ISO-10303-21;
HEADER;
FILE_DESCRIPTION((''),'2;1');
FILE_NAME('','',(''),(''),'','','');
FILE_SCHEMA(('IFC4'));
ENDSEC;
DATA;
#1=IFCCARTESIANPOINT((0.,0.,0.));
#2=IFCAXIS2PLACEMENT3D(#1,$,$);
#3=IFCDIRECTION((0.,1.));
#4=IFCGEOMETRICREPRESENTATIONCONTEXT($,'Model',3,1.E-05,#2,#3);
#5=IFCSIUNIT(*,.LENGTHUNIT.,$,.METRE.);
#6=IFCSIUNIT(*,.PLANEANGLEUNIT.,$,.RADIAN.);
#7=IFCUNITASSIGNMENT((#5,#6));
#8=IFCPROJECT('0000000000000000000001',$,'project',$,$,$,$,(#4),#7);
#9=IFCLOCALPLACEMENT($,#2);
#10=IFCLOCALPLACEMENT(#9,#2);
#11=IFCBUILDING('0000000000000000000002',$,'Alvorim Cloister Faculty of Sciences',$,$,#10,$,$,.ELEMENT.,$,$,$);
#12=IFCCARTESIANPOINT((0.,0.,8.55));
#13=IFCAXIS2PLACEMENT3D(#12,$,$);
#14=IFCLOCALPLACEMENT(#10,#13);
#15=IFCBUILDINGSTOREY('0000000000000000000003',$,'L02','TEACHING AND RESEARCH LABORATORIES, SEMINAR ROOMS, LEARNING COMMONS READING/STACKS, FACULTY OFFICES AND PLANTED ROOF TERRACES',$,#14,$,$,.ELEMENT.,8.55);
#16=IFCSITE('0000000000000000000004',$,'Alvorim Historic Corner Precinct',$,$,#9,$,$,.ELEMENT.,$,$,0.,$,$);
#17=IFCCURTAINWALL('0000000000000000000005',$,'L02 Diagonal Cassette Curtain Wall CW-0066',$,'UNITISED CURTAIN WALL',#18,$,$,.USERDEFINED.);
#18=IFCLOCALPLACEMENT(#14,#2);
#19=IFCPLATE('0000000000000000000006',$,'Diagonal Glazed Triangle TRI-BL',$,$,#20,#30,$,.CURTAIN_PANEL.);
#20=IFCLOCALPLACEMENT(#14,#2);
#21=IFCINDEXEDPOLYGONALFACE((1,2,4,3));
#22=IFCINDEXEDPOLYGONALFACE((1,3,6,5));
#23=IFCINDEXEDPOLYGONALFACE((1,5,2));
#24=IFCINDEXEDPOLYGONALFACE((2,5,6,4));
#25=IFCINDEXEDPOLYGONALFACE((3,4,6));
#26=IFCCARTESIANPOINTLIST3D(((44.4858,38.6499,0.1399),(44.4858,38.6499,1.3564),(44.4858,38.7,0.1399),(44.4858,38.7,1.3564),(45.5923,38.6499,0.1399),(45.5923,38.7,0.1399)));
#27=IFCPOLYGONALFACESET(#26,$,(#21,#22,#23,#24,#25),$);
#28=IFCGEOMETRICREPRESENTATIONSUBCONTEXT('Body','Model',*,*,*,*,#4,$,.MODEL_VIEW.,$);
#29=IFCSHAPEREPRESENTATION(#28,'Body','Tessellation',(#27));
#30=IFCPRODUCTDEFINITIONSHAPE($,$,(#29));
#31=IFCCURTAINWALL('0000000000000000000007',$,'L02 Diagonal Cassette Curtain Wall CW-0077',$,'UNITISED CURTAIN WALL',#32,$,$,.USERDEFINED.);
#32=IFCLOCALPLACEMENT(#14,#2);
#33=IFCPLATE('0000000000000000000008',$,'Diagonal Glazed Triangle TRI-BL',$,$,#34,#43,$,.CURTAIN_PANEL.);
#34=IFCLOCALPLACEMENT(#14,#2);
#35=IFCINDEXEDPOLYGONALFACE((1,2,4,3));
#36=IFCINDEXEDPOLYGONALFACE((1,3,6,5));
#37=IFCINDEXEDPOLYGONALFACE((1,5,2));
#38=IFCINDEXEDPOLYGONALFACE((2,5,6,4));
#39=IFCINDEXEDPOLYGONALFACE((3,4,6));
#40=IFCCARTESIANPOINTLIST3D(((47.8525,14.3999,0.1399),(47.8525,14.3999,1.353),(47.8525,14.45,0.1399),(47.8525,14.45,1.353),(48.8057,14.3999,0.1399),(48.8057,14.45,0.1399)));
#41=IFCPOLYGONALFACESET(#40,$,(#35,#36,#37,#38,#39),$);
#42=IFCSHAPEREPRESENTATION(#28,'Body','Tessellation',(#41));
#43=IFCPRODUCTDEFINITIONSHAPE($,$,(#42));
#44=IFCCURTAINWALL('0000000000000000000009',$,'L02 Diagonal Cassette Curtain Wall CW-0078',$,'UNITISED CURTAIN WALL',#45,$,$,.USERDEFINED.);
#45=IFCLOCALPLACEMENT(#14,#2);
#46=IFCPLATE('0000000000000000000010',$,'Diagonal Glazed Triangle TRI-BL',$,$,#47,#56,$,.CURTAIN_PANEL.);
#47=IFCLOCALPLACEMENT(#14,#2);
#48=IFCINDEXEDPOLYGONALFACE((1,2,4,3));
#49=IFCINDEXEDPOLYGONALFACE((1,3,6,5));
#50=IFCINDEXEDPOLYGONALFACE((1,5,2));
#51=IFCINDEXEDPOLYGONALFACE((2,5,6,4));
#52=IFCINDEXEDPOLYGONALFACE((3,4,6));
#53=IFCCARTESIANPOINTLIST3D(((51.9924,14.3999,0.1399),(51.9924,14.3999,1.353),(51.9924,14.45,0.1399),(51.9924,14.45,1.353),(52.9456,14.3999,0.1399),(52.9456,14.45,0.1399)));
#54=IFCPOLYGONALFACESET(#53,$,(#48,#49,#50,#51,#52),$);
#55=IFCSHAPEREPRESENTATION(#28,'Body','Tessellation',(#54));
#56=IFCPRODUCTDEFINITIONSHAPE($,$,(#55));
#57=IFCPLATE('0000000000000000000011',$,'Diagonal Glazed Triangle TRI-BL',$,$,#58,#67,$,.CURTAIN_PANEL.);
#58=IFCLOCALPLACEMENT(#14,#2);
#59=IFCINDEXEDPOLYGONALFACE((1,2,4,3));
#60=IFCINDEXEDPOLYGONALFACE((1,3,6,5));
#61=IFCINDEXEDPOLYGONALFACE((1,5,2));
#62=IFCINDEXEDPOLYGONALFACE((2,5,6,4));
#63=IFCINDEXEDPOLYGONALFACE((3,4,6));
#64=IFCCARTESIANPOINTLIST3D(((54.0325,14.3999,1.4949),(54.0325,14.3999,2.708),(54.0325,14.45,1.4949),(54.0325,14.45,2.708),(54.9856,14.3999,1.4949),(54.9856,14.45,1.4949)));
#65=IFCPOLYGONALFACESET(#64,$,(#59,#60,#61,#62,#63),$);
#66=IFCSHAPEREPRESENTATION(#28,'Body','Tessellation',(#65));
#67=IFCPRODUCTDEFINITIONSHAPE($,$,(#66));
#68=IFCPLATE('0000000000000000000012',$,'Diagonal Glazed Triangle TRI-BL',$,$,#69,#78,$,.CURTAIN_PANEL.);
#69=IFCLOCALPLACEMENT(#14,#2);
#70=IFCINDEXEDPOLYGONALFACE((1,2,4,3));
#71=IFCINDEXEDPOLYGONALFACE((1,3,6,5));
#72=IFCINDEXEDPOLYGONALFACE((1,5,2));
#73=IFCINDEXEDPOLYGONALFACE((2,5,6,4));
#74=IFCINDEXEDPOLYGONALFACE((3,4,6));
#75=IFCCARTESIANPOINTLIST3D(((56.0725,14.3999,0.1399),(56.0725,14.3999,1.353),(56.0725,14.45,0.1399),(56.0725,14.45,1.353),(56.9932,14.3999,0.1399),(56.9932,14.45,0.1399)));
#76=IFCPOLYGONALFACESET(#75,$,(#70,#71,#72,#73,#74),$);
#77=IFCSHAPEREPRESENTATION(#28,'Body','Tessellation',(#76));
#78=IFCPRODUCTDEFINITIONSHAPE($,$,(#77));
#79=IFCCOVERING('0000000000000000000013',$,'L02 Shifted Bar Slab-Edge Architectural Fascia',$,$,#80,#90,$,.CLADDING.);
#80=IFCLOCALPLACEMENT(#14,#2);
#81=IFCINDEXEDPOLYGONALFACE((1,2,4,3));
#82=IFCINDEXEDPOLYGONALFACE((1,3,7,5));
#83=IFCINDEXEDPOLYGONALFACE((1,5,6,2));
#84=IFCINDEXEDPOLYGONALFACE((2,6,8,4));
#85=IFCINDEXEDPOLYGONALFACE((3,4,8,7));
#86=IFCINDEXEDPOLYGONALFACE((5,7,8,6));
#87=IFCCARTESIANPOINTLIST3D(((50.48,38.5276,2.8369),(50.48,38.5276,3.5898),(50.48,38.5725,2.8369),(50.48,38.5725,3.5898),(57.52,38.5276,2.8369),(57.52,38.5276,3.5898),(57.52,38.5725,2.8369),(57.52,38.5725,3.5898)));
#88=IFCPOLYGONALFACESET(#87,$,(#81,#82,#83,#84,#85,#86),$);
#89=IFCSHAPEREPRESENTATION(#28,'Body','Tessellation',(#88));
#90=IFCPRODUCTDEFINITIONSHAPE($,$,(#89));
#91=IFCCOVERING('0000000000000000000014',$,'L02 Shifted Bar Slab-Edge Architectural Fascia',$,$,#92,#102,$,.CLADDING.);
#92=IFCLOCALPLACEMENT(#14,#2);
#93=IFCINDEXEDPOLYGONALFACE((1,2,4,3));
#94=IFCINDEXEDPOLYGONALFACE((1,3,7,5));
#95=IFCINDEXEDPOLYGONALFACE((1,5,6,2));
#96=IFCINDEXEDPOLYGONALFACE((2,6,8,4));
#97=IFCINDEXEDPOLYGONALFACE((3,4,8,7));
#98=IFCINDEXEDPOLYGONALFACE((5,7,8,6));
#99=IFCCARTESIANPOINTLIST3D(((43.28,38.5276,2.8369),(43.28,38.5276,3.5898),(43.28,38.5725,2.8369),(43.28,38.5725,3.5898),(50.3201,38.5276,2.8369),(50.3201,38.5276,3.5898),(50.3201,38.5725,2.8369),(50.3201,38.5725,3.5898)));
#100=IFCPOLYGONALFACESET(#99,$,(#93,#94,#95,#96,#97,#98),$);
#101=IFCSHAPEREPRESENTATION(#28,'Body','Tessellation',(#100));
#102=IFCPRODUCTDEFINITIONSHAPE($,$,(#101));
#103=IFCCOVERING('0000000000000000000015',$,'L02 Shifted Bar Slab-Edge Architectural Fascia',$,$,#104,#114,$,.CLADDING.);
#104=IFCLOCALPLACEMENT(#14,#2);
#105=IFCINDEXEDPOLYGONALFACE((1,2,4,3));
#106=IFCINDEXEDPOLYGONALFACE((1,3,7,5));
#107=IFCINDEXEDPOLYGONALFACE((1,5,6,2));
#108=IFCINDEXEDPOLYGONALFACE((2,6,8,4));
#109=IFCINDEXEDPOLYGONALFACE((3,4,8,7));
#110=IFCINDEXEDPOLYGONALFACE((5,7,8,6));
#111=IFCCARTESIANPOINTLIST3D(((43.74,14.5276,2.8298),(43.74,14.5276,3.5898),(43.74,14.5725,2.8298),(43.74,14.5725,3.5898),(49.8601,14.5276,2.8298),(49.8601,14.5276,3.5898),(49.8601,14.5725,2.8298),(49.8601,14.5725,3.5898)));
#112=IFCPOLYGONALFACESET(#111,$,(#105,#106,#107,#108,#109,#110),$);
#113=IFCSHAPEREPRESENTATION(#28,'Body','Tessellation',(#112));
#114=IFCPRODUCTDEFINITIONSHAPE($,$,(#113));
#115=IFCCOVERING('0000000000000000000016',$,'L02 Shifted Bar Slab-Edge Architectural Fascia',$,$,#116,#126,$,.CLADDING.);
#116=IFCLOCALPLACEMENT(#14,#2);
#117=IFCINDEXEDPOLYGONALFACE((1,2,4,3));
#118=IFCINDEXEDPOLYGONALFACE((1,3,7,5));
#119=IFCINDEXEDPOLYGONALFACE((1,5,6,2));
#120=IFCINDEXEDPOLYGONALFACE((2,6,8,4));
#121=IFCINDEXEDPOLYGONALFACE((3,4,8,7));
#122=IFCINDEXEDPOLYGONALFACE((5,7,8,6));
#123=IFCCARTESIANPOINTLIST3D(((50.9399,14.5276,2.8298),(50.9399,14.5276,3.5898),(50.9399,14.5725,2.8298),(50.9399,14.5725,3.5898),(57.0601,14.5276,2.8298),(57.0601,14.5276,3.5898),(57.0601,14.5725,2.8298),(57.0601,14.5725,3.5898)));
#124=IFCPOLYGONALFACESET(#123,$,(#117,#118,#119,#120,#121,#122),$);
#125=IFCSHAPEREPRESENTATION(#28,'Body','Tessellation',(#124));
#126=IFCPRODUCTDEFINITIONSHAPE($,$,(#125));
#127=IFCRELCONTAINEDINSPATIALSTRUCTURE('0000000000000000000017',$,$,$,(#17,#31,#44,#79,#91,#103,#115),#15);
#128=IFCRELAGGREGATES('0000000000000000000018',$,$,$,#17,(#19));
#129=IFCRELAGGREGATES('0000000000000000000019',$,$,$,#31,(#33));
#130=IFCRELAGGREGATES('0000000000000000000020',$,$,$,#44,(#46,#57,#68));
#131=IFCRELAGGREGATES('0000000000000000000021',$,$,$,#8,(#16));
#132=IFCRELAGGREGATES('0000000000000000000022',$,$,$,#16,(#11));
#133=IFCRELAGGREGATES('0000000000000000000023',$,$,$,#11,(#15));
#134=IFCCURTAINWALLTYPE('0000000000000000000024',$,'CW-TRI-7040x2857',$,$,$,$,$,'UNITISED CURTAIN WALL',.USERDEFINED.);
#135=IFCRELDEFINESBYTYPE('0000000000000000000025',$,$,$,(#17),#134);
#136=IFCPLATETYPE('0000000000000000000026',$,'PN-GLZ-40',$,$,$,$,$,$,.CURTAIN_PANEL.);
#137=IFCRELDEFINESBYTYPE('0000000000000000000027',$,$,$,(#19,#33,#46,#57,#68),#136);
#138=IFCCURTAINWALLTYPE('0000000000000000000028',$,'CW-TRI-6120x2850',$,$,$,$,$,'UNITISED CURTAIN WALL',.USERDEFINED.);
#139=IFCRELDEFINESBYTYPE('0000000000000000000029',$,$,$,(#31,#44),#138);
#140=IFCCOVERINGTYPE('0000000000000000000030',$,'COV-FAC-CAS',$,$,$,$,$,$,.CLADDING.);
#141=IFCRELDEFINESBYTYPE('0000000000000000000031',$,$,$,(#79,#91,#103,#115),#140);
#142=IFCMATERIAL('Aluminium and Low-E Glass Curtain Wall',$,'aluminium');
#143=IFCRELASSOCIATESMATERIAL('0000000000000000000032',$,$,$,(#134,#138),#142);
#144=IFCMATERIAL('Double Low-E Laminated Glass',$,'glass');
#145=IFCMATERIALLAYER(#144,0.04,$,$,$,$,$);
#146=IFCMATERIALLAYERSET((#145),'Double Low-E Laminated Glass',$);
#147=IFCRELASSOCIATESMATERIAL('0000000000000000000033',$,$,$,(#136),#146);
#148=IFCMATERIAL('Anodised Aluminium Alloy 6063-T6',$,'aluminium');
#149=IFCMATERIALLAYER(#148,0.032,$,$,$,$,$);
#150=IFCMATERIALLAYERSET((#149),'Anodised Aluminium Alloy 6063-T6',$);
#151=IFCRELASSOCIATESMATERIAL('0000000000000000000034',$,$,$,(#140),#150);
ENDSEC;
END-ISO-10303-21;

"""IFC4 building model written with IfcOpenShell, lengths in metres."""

from ifc_helpers import new_model, si_unit, direction, frame, origin, place, context, subcontext, project, spatial, polyline, outline, extrude, material, layer, layer_set, type_object, element, aggregate, save


model = new_model("IFC4")

# Units and contexts
model_context = context("Model", 3, precision=1e-05, world=origin(), true_north=direction((0.0, 1.0)))
body_context = subcontext(model_context, "Body", "Model", "MODEL_VIEW")
ifc_project = project(units=[si_unit("LENGTHUNIT", "METRE"), si_unit("PLANEANGLEUNIT", "RADIAN")], contexts=[model_context])

# Site, building, storey
site_placement = place(None, origin())
site = spatial("IfcSite", under=ifc_project, at=site_placement, Name="Alvorim Historic Corner Precinct", CompositionType="ELEMENT", RefElevation=0.0)
building_placement = place(site_placement, origin())
building = spatial("IfcBuilding", under=site, at=building_placement, Name="Alvorim Cloister Faculty of Sciences", CompositionType="ELEMENT")
storey_placement = place(building_placement, frame((0.0, 0.0, 8.55)))
storey = spatial("IfcBuildingStorey", under=building, at=storey_placement, Name="L02", Description="TEACHING AND RESEARCH LABORATORIES, SEMINAR ROOMS, LEARNING COMMONS READING/STACKS, FACULTY OFFICES AND PLANTED ROOF TERRACES", CompositionType="ELEMENT", Elevation=8.55)

# Curtain walls, plates
ifc_material_1 = material(Name="Aluminium and Low-E Glass Curtain Wall", Category="aluminium")
curtain_wall_type_1 = type_object("IfcCurtainWallType", Name="CW-TRI-7040x2857", ElementType="UNITISED CURTAIN WALL", PredefinedType="USERDEFINED", material=ifc_material_1)
curtain_wall_1_placement = place(storey_placement, origin())
curtain_wall_1 = element("IfcCurtainWall", 1, at=curtain_wall_1_placement, inside=storey, type_object=curtain_wall_type_1, Name="L02 Diagonal Cassette Curtain Wall CW-0066", ObjectType="UNITISED CURTAIN WALL", PredefinedType="USERDEFINED")
ifc_material_2 = material(Name="Double Low-E Laminated Glass", Category="glass")
ifc_layer_1 = layer(ifc_material_2, 0.04)
ifc_layer_set_1 = layer_set([ifc_layer_1], Name="Double Low-E Laminated Glass")
plate_type = type_object("IfcPlateType", Name="PN-GLZ-40", PredefinedType="CURTAIN_PANEL", material=ifc_layer_set_1)
plate_1_placement = place(storey_placement, frame((44.4858, 38.675, 0.1399), z_axis=(0.0, 0.0, 1.0), x_axis=(1.0, 0.0, 0.0)))
plate_1 = element("IfcPlate", 2, at=plate_1_placement, type_object=plate_type, Name="Diagonal Glazed Triangle TRI-BL", PredefinedType="CURTAIN_PANEL", context=body_context, shape_type="SweptSolid", body=[
    extrude(outline(polyline([(0.0, 0.0), (1.1064, 0.0), (0.0, 1.2166), (0.0, 0.0)])), frame((0.0, 0.0249, 0.0), z_axis=(0.0, -1.0, 0.0), x_axis=(1.0, 0.0, 0.0)), (0.0, 0.0, 1.0), 0.05),
])
aggregate(curtain_wall_1, [plate_1])
curtain_wall_type_2 = type_object("IfcCurtainWallType", Name="CW-TRI-6120x2850", ElementType="UNITISED CURTAIN WALL", PredefinedType="USERDEFINED", material=ifc_material_1)
curtain_wall_2_placement = place(storey_placement, origin())
curtain_wall_2 = element("IfcCurtainWall", 3, at=curtain_wall_2_placement, inside=storey, type_object=curtain_wall_type_2, Name="L02 Diagonal Cassette Curtain Wall CW-0077", ObjectType="UNITISED CURTAIN WALL", PredefinedType="USERDEFINED")
plate_2_placement = place(storey_placement, frame((47.8525, 14.425, 0.1399), z_axis=(0.0, 0.0, 1.0), x_axis=(1.0, 0.0, 0.0)))
plate_2 = element("IfcPlate", 4, at=plate_2_placement, type_object=plate_type, Name="Diagonal Glazed Triangle TRI-BL", PredefinedType="CURTAIN_PANEL", context=body_context, shape_type="SweptSolid", body=[
    extrude(outline(polyline([(0.0, 0.0), (0.9531, 0.0), (0.0, 1.2131), (0.0, 0.0)])), frame((0.0, 0.0249, 0.0), z_axis=(0.0, -1.0, 0.0), x_axis=(1.0, 0.0, 0.0)), (0.0, 0.0, 1.0), 0.05),
])
aggregate(curtain_wall_2, [plate_2])
curtain_wall_3_placement = place(storey_placement, origin())
curtain_wall_3 = element("IfcCurtainWall", 5, at=curtain_wall_3_placement, inside=storey, type_object=curtain_wall_type_2, Name="L02 Diagonal Cassette Curtain Wall CW-0078", ObjectType="UNITISED CURTAIN WALL", PredefinedType="USERDEFINED")
plate_3_placement = place(storey_placement, frame((51.9924, 14.425, 0.1399), z_axis=(0.0, 0.0, 1.0), x_axis=(1.0, 0.0, 0.0)))
plate_3 = element("IfcPlate", 6, at=plate_3_placement, type_object=plate_type, Name="Diagonal Glazed Triangle TRI-BL", PredefinedType="CURTAIN_PANEL", context=body_context, shape_type="SweptSolid", body=[
    extrude(outline(polyline([(0.0, 0.0), (0.9531, 0.0), (0.0, 1.2131), (0.0, 0.0)])), frame((0.0, 0.0249, 0.0), z_axis=(0.0, -1.0, 0.0), x_axis=(1.0, 0.0, 0.0)), (0.0, 0.0, 1.0), 0.05),
])
plate_4_placement = place(storey_placement, frame((54.0325, 14.425, 1.4949), z_axis=(0.0, 0.0, 1.0), x_axis=(1.0, 0.0, 0.0)))
plate_4 = element("IfcPlate", 7, at=plate_4_placement, type_object=plate_type, Name="Diagonal Glazed Triangle TRI-BL", PredefinedType="CURTAIN_PANEL", context=body_context, shape_type="SweptSolid", body=[
    extrude(outline(polyline([(0.0, 0.0), (0.9531, 0.0), (0.0, 1.2131), (0.0, 0.0)])), frame((0.0, 0.0249, 0.0), z_axis=(0.0, -1.0, 0.0), x_axis=(1.0, 0.0, 0.0)), (0.0, 0.0, 1.0), 0.05),
])
plate_5_placement = place(storey_placement, frame((56.0725, 14.425, 0.1399), z_axis=(0.0, 0.0, 1.0), x_axis=(1.0, 0.0, 0.0)))
plate_5 = element("IfcPlate", 8, at=plate_5_placement, type_object=plate_type, Name="Diagonal Glazed Triangle TRI-BL", PredefinedType="CURTAIN_PANEL", context=body_context, shape_type="SweptSolid", body=[
    extrude(outline(polyline([(0.0, 0.0), (0.9207, 0.0), (0.0, 1.2131), (0.0, 0.0)])), frame((0.0, 0.0249, 0.0), z_axis=(0.0, -1.0, 0.0), x_axis=(1.0, 0.0, 0.0)), (0.0, 0.0, 1.0), 0.05),
])
aggregate(curtain_wall_3, [plate_3, plate_4, plate_5])

# Coverings
ifc_material_3 = material(Name="Anodised Aluminium Alloy 6063-T6", Category="aluminium")
ifc_layer_2 = layer(ifc_material_3, 0.032)
ifc_layer_set_2 = layer_set([ifc_layer_2], Name="Anodised Aluminium Alloy 6063-T6")
covering_type = type_object("IfcCoveringType", Name="COV-FAC-CAS", PredefinedType="CLADDING", material=ifc_layer_set_2)
for number, where, z_axis, x_axis, name in (
    (9, (50.48, 38.55, 2.8369), (0.0, 0.0, 1.0), (1.0, 0.0, 0.0), "L02 Shifted Bar Slab-Edge Architectural Fascia"),
    (10, (43.28, 38.55, 2.8369), (0.0, 0.0, 1.0), (1.0, 0.0, 0.0), "L02 Shifted Bar Slab-Edge Architectural Fascia"),
):
    element("IfcCovering", number, at=place(storey_placement, frame(where, z_axis=z_axis, x_axis=x_axis)), inside=storey, type_object=covering_type, Name=name, PredefinedType="CLADDING", context=body_context, shape_type="SweptSolid", body=[
        extrude(outline(polyline([(0.0, 0.0), (7.04, 0.0), (7.04, 0.7529), (0.0, 0.7529), (0.0, 0.0)])), frame((0.0, 0.0225, 0.0), z_axis=(0.0, -1.0, 0.0), x_axis=(1.0, 0.0, 0.0)), (0.0, 0.0, 1.0), 0.0449),
    ])
for number, where, z_axis, x_axis, name in (
    (11, (43.74, 14.55, 2.8298), (0.0, 0.0, 1.0), (1.0, 0.0, 0.0), "L02 Shifted Bar Slab-Edge Architectural Fascia"),
    (12, (50.9399, 14.55, 2.8298), (0.0, 0.0, 1.0), (1.0, 0.0, 0.0), "L02 Shifted Bar Slab-Edge Architectural Fascia"),
):
    element("IfcCovering", number, at=place(storey_placement, frame(where, z_axis=z_axis, x_axis=x_axis)), inside=storey, type_object=covering_type, Name=name, PredefinedType="CLADDING", context=body_context, shape_type="SweptSolid", body=[
        extrude(outline(polyline([(0.0, 0.0), (6.1201, 0.0), (6.1201, 0.76), (0.0, 0.76), (0.0, 0.0)])), frame((0.0, 0.0225, 0.0), z_axis=(0.0, -1.0, 0.0), x_axis=(1.0, 0.0, 0.0)), (0.0, 0.0, 1.0), 0.0449),
    ])

save(model, "model.ifc")
